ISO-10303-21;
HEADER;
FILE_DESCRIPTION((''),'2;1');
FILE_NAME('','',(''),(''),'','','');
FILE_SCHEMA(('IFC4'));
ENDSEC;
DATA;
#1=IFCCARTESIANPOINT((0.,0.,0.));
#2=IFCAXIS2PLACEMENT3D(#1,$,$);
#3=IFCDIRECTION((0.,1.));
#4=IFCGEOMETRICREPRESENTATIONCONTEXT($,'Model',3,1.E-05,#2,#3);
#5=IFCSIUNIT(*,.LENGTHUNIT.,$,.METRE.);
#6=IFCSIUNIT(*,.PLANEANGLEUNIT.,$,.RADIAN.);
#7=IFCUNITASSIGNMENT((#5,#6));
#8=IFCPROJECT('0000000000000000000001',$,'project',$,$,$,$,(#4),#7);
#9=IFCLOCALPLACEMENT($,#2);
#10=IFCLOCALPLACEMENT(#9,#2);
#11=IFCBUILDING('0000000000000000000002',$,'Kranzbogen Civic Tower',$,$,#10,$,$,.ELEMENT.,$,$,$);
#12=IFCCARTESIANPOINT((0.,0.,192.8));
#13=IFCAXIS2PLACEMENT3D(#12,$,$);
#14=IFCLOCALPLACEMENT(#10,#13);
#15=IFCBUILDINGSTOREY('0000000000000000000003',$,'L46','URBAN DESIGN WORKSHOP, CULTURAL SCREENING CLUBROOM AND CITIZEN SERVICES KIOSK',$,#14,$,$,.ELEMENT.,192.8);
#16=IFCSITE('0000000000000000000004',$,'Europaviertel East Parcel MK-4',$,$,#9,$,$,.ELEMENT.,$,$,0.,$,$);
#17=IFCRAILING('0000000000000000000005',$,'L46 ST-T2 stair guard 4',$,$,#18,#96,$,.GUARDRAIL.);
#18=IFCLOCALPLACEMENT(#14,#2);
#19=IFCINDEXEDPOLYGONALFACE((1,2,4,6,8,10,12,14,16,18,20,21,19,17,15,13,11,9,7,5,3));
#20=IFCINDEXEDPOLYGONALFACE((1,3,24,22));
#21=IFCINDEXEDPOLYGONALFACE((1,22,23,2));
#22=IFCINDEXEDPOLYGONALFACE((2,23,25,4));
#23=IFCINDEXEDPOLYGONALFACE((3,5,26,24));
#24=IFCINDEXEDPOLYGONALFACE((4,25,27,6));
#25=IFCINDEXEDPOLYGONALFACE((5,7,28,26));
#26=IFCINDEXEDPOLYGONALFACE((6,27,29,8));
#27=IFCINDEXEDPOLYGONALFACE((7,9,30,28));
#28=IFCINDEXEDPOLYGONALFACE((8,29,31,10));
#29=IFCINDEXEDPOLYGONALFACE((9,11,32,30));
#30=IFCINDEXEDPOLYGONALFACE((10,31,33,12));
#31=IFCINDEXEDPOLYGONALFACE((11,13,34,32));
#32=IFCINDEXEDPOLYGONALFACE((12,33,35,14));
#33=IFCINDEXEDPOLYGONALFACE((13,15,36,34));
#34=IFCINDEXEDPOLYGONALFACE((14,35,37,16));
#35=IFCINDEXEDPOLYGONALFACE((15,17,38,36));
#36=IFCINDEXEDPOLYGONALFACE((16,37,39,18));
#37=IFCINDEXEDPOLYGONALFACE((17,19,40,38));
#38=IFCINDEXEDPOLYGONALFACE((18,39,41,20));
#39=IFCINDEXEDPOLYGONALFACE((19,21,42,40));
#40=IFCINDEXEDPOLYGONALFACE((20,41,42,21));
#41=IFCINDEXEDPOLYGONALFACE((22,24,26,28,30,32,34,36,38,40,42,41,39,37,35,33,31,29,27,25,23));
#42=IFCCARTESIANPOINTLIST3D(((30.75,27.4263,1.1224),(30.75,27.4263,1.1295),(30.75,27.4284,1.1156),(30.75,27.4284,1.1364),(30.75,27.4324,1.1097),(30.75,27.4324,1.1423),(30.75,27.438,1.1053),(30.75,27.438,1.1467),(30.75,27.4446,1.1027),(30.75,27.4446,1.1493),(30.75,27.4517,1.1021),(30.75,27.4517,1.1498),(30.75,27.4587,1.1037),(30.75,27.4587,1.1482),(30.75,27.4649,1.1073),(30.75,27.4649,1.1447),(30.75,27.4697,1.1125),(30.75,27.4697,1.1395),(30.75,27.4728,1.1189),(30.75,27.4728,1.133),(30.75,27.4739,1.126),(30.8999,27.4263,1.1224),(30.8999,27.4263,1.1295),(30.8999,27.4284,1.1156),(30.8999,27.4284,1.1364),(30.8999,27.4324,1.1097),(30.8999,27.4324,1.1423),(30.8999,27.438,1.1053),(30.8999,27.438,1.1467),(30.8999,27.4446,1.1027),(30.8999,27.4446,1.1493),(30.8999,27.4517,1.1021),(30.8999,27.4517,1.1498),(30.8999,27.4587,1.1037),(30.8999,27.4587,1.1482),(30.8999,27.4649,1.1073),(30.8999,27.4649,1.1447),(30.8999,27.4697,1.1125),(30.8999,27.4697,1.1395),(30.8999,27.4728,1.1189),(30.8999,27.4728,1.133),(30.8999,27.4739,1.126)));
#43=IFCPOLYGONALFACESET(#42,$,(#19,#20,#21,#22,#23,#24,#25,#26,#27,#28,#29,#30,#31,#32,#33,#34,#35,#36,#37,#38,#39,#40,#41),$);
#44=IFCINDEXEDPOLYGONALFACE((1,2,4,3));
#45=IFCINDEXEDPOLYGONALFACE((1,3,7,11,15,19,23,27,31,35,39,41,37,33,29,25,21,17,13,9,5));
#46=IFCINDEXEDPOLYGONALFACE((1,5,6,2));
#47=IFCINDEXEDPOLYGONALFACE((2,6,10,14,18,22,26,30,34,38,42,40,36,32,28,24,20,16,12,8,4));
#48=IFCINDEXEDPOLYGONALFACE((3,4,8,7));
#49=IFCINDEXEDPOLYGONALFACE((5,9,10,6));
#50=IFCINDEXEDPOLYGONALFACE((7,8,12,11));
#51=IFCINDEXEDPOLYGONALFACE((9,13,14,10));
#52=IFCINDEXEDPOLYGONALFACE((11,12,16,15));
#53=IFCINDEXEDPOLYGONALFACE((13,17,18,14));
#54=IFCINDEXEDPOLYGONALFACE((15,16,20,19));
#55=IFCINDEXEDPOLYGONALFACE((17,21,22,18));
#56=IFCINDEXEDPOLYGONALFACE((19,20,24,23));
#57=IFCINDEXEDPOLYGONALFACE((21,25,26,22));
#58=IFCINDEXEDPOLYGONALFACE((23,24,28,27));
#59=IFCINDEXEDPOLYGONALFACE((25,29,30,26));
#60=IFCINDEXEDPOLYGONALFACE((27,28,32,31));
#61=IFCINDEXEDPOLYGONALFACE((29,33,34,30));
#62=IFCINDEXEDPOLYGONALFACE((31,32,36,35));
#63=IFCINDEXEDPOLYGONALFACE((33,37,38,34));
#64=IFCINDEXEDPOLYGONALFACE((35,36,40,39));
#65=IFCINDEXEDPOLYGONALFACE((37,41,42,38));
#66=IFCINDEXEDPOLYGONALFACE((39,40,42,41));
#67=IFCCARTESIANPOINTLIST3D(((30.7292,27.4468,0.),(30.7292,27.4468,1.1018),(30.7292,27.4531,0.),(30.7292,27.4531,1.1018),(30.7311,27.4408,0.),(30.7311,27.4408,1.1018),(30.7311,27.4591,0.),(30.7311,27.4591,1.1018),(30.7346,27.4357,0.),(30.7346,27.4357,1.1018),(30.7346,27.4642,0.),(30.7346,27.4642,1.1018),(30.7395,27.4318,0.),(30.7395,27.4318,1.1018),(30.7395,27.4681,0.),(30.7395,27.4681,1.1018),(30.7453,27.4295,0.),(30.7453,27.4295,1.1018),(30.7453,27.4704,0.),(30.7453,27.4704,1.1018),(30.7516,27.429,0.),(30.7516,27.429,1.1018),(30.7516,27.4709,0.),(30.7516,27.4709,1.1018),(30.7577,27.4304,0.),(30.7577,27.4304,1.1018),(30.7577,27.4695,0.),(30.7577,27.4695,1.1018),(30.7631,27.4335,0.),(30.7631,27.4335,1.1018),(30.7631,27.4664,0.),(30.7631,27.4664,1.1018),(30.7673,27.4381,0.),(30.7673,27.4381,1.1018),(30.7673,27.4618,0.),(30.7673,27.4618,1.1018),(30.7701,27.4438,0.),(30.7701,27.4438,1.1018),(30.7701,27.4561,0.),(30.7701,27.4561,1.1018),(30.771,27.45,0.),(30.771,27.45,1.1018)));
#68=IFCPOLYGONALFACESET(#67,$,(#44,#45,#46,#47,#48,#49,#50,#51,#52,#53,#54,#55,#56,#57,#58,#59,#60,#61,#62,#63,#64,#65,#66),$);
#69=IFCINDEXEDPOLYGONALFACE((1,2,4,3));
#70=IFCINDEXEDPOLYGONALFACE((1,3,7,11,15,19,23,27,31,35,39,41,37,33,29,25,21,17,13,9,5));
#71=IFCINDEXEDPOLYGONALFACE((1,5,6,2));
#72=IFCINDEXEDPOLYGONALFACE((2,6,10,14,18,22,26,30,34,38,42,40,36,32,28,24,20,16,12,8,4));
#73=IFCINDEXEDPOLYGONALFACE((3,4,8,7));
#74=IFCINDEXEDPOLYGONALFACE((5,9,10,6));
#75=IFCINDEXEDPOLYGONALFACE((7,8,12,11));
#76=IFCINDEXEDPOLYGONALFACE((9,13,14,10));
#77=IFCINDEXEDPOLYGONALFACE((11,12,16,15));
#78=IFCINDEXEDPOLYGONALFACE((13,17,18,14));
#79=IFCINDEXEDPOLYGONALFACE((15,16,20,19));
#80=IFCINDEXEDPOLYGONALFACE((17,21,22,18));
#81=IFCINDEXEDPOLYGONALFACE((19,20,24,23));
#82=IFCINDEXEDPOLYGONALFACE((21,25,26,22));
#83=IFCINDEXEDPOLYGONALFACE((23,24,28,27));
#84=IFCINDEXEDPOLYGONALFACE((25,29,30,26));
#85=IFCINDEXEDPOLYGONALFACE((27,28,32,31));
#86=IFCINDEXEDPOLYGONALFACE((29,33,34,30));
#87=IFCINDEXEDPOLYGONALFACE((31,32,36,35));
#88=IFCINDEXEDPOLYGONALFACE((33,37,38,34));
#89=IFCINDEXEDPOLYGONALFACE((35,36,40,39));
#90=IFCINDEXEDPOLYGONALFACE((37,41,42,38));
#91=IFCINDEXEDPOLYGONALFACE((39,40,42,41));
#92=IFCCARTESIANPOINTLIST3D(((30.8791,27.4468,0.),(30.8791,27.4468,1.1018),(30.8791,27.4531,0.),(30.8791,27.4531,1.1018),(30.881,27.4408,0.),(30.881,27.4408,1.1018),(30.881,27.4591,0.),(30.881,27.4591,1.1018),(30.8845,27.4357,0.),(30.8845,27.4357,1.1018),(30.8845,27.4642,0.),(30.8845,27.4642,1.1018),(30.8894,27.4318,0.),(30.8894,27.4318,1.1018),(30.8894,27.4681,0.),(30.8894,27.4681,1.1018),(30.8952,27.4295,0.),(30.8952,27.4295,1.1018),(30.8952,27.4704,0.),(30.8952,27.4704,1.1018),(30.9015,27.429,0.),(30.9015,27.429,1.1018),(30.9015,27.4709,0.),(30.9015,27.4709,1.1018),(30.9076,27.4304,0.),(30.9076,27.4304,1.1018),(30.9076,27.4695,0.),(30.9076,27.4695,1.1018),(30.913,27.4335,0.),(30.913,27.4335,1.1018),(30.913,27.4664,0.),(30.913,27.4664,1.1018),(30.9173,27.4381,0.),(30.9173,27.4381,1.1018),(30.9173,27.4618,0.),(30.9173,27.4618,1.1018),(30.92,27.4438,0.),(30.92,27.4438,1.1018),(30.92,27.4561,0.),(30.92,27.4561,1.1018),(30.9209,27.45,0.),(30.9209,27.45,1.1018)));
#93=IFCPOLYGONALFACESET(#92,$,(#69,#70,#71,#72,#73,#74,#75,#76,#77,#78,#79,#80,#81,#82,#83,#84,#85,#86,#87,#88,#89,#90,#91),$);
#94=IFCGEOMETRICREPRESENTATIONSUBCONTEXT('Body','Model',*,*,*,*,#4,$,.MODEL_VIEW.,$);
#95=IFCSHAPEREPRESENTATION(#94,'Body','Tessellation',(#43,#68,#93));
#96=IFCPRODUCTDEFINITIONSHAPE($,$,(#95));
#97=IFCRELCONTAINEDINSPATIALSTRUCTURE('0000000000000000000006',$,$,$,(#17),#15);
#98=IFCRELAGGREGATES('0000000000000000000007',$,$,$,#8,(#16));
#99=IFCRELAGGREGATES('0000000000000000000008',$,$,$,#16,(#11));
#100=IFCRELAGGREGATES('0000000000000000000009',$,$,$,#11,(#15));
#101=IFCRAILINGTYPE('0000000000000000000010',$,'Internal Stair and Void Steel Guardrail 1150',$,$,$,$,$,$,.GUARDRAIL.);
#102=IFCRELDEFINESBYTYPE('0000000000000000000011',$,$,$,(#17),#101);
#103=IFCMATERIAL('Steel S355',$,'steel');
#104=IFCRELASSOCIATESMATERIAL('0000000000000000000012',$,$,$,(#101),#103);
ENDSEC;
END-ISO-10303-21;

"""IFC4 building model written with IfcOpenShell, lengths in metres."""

from ifc_helpers import new_model, si_unit, direction, frame, origin, origin_2d, place, context, subcontext, project, spatial, circle, extrude, material, type_object, element, save


model = new_model("IFC4")

# Units and contexts
model_context = context("Model", 3, precision=1e-05, world=origin(), true_north=direction((0.0, 1.0)))
body_context = subcontext(model_context, "Body", "Model", "MODEL_VIEW")
ifc_project = project(units=[si_unit("LENGTHUNIT", "METRE"), si_unit("PLANEANGLEUNIT", "RADIAN")], contexts=[model_context])

# Site, building, storey
site_placement = place(None, origin())
site = spatial("IfcSite", under=ifc_project, at=site_placement, Name="Europaviertel East Parcel MK-4", CompositionType="ELEMENT", RefElevation=0.0)
building_placement = place(site_placement, origin())
building = spatial("IfcBuilding", under=site, at=building_placement, Name="Kranzbogen Civic Tower", CompositionType="ELEMENT")
storey_placement = place(building_placement, frame((0.0, 0.0, 192.8)))
storey = spatial("IfcBuildingStorey", under=building, at=storey_placement, Name="L46", Description="URBAN DESIGN WORKSHOP, CULTURAL SCREENING CLUBROOM AND CITIZEN SERVICES KIOSK", CompositionType="ELEMENT", Elevation=192.8)

# Shared definitions
ifc_material_1 = material(Name="Steel S355", Category="steel")

# Railing
railing_type_1 = type_object("IfcRailingType", Name="Internal Stair and Void Steel Guardrail 1150", PredefinedType="GUARDRAIL", material=ifc_material_1)
railing_1_placement = place(storey_placement, frame((30.75, 27.45, 0.0)))
element("IfcRailing", 1, at=railing_1_placement, inside=storey, type_object=railing_type_1, Name="L46 ST-T2 stair guard 4", PredefinedType="GUARDRAIL", context=body_context, shape_type="SweptSolid", body=[
    extrude(circle(Radius=0.0239, at=origin_2d()), frame((0.0, 0.0, 1.126), z_axis=(1.0, 0.0, 0.0), x_axis=(0.0, 1.0, 0.0)), (0.0, 0.0, 1.0), 0.1499),
    extrude(circle(Radius=0.021, at=origin_2d()), origin(), (0.0, 0.0, 1.0), 1.1018),
    extrude(circle(Radius=0.021, at=origin_2d()), frame((0.1499, 0.0, 0.0)), (0.0, 0.0, 1.0), 1.1018),
])

save(model, "model.ifc")
